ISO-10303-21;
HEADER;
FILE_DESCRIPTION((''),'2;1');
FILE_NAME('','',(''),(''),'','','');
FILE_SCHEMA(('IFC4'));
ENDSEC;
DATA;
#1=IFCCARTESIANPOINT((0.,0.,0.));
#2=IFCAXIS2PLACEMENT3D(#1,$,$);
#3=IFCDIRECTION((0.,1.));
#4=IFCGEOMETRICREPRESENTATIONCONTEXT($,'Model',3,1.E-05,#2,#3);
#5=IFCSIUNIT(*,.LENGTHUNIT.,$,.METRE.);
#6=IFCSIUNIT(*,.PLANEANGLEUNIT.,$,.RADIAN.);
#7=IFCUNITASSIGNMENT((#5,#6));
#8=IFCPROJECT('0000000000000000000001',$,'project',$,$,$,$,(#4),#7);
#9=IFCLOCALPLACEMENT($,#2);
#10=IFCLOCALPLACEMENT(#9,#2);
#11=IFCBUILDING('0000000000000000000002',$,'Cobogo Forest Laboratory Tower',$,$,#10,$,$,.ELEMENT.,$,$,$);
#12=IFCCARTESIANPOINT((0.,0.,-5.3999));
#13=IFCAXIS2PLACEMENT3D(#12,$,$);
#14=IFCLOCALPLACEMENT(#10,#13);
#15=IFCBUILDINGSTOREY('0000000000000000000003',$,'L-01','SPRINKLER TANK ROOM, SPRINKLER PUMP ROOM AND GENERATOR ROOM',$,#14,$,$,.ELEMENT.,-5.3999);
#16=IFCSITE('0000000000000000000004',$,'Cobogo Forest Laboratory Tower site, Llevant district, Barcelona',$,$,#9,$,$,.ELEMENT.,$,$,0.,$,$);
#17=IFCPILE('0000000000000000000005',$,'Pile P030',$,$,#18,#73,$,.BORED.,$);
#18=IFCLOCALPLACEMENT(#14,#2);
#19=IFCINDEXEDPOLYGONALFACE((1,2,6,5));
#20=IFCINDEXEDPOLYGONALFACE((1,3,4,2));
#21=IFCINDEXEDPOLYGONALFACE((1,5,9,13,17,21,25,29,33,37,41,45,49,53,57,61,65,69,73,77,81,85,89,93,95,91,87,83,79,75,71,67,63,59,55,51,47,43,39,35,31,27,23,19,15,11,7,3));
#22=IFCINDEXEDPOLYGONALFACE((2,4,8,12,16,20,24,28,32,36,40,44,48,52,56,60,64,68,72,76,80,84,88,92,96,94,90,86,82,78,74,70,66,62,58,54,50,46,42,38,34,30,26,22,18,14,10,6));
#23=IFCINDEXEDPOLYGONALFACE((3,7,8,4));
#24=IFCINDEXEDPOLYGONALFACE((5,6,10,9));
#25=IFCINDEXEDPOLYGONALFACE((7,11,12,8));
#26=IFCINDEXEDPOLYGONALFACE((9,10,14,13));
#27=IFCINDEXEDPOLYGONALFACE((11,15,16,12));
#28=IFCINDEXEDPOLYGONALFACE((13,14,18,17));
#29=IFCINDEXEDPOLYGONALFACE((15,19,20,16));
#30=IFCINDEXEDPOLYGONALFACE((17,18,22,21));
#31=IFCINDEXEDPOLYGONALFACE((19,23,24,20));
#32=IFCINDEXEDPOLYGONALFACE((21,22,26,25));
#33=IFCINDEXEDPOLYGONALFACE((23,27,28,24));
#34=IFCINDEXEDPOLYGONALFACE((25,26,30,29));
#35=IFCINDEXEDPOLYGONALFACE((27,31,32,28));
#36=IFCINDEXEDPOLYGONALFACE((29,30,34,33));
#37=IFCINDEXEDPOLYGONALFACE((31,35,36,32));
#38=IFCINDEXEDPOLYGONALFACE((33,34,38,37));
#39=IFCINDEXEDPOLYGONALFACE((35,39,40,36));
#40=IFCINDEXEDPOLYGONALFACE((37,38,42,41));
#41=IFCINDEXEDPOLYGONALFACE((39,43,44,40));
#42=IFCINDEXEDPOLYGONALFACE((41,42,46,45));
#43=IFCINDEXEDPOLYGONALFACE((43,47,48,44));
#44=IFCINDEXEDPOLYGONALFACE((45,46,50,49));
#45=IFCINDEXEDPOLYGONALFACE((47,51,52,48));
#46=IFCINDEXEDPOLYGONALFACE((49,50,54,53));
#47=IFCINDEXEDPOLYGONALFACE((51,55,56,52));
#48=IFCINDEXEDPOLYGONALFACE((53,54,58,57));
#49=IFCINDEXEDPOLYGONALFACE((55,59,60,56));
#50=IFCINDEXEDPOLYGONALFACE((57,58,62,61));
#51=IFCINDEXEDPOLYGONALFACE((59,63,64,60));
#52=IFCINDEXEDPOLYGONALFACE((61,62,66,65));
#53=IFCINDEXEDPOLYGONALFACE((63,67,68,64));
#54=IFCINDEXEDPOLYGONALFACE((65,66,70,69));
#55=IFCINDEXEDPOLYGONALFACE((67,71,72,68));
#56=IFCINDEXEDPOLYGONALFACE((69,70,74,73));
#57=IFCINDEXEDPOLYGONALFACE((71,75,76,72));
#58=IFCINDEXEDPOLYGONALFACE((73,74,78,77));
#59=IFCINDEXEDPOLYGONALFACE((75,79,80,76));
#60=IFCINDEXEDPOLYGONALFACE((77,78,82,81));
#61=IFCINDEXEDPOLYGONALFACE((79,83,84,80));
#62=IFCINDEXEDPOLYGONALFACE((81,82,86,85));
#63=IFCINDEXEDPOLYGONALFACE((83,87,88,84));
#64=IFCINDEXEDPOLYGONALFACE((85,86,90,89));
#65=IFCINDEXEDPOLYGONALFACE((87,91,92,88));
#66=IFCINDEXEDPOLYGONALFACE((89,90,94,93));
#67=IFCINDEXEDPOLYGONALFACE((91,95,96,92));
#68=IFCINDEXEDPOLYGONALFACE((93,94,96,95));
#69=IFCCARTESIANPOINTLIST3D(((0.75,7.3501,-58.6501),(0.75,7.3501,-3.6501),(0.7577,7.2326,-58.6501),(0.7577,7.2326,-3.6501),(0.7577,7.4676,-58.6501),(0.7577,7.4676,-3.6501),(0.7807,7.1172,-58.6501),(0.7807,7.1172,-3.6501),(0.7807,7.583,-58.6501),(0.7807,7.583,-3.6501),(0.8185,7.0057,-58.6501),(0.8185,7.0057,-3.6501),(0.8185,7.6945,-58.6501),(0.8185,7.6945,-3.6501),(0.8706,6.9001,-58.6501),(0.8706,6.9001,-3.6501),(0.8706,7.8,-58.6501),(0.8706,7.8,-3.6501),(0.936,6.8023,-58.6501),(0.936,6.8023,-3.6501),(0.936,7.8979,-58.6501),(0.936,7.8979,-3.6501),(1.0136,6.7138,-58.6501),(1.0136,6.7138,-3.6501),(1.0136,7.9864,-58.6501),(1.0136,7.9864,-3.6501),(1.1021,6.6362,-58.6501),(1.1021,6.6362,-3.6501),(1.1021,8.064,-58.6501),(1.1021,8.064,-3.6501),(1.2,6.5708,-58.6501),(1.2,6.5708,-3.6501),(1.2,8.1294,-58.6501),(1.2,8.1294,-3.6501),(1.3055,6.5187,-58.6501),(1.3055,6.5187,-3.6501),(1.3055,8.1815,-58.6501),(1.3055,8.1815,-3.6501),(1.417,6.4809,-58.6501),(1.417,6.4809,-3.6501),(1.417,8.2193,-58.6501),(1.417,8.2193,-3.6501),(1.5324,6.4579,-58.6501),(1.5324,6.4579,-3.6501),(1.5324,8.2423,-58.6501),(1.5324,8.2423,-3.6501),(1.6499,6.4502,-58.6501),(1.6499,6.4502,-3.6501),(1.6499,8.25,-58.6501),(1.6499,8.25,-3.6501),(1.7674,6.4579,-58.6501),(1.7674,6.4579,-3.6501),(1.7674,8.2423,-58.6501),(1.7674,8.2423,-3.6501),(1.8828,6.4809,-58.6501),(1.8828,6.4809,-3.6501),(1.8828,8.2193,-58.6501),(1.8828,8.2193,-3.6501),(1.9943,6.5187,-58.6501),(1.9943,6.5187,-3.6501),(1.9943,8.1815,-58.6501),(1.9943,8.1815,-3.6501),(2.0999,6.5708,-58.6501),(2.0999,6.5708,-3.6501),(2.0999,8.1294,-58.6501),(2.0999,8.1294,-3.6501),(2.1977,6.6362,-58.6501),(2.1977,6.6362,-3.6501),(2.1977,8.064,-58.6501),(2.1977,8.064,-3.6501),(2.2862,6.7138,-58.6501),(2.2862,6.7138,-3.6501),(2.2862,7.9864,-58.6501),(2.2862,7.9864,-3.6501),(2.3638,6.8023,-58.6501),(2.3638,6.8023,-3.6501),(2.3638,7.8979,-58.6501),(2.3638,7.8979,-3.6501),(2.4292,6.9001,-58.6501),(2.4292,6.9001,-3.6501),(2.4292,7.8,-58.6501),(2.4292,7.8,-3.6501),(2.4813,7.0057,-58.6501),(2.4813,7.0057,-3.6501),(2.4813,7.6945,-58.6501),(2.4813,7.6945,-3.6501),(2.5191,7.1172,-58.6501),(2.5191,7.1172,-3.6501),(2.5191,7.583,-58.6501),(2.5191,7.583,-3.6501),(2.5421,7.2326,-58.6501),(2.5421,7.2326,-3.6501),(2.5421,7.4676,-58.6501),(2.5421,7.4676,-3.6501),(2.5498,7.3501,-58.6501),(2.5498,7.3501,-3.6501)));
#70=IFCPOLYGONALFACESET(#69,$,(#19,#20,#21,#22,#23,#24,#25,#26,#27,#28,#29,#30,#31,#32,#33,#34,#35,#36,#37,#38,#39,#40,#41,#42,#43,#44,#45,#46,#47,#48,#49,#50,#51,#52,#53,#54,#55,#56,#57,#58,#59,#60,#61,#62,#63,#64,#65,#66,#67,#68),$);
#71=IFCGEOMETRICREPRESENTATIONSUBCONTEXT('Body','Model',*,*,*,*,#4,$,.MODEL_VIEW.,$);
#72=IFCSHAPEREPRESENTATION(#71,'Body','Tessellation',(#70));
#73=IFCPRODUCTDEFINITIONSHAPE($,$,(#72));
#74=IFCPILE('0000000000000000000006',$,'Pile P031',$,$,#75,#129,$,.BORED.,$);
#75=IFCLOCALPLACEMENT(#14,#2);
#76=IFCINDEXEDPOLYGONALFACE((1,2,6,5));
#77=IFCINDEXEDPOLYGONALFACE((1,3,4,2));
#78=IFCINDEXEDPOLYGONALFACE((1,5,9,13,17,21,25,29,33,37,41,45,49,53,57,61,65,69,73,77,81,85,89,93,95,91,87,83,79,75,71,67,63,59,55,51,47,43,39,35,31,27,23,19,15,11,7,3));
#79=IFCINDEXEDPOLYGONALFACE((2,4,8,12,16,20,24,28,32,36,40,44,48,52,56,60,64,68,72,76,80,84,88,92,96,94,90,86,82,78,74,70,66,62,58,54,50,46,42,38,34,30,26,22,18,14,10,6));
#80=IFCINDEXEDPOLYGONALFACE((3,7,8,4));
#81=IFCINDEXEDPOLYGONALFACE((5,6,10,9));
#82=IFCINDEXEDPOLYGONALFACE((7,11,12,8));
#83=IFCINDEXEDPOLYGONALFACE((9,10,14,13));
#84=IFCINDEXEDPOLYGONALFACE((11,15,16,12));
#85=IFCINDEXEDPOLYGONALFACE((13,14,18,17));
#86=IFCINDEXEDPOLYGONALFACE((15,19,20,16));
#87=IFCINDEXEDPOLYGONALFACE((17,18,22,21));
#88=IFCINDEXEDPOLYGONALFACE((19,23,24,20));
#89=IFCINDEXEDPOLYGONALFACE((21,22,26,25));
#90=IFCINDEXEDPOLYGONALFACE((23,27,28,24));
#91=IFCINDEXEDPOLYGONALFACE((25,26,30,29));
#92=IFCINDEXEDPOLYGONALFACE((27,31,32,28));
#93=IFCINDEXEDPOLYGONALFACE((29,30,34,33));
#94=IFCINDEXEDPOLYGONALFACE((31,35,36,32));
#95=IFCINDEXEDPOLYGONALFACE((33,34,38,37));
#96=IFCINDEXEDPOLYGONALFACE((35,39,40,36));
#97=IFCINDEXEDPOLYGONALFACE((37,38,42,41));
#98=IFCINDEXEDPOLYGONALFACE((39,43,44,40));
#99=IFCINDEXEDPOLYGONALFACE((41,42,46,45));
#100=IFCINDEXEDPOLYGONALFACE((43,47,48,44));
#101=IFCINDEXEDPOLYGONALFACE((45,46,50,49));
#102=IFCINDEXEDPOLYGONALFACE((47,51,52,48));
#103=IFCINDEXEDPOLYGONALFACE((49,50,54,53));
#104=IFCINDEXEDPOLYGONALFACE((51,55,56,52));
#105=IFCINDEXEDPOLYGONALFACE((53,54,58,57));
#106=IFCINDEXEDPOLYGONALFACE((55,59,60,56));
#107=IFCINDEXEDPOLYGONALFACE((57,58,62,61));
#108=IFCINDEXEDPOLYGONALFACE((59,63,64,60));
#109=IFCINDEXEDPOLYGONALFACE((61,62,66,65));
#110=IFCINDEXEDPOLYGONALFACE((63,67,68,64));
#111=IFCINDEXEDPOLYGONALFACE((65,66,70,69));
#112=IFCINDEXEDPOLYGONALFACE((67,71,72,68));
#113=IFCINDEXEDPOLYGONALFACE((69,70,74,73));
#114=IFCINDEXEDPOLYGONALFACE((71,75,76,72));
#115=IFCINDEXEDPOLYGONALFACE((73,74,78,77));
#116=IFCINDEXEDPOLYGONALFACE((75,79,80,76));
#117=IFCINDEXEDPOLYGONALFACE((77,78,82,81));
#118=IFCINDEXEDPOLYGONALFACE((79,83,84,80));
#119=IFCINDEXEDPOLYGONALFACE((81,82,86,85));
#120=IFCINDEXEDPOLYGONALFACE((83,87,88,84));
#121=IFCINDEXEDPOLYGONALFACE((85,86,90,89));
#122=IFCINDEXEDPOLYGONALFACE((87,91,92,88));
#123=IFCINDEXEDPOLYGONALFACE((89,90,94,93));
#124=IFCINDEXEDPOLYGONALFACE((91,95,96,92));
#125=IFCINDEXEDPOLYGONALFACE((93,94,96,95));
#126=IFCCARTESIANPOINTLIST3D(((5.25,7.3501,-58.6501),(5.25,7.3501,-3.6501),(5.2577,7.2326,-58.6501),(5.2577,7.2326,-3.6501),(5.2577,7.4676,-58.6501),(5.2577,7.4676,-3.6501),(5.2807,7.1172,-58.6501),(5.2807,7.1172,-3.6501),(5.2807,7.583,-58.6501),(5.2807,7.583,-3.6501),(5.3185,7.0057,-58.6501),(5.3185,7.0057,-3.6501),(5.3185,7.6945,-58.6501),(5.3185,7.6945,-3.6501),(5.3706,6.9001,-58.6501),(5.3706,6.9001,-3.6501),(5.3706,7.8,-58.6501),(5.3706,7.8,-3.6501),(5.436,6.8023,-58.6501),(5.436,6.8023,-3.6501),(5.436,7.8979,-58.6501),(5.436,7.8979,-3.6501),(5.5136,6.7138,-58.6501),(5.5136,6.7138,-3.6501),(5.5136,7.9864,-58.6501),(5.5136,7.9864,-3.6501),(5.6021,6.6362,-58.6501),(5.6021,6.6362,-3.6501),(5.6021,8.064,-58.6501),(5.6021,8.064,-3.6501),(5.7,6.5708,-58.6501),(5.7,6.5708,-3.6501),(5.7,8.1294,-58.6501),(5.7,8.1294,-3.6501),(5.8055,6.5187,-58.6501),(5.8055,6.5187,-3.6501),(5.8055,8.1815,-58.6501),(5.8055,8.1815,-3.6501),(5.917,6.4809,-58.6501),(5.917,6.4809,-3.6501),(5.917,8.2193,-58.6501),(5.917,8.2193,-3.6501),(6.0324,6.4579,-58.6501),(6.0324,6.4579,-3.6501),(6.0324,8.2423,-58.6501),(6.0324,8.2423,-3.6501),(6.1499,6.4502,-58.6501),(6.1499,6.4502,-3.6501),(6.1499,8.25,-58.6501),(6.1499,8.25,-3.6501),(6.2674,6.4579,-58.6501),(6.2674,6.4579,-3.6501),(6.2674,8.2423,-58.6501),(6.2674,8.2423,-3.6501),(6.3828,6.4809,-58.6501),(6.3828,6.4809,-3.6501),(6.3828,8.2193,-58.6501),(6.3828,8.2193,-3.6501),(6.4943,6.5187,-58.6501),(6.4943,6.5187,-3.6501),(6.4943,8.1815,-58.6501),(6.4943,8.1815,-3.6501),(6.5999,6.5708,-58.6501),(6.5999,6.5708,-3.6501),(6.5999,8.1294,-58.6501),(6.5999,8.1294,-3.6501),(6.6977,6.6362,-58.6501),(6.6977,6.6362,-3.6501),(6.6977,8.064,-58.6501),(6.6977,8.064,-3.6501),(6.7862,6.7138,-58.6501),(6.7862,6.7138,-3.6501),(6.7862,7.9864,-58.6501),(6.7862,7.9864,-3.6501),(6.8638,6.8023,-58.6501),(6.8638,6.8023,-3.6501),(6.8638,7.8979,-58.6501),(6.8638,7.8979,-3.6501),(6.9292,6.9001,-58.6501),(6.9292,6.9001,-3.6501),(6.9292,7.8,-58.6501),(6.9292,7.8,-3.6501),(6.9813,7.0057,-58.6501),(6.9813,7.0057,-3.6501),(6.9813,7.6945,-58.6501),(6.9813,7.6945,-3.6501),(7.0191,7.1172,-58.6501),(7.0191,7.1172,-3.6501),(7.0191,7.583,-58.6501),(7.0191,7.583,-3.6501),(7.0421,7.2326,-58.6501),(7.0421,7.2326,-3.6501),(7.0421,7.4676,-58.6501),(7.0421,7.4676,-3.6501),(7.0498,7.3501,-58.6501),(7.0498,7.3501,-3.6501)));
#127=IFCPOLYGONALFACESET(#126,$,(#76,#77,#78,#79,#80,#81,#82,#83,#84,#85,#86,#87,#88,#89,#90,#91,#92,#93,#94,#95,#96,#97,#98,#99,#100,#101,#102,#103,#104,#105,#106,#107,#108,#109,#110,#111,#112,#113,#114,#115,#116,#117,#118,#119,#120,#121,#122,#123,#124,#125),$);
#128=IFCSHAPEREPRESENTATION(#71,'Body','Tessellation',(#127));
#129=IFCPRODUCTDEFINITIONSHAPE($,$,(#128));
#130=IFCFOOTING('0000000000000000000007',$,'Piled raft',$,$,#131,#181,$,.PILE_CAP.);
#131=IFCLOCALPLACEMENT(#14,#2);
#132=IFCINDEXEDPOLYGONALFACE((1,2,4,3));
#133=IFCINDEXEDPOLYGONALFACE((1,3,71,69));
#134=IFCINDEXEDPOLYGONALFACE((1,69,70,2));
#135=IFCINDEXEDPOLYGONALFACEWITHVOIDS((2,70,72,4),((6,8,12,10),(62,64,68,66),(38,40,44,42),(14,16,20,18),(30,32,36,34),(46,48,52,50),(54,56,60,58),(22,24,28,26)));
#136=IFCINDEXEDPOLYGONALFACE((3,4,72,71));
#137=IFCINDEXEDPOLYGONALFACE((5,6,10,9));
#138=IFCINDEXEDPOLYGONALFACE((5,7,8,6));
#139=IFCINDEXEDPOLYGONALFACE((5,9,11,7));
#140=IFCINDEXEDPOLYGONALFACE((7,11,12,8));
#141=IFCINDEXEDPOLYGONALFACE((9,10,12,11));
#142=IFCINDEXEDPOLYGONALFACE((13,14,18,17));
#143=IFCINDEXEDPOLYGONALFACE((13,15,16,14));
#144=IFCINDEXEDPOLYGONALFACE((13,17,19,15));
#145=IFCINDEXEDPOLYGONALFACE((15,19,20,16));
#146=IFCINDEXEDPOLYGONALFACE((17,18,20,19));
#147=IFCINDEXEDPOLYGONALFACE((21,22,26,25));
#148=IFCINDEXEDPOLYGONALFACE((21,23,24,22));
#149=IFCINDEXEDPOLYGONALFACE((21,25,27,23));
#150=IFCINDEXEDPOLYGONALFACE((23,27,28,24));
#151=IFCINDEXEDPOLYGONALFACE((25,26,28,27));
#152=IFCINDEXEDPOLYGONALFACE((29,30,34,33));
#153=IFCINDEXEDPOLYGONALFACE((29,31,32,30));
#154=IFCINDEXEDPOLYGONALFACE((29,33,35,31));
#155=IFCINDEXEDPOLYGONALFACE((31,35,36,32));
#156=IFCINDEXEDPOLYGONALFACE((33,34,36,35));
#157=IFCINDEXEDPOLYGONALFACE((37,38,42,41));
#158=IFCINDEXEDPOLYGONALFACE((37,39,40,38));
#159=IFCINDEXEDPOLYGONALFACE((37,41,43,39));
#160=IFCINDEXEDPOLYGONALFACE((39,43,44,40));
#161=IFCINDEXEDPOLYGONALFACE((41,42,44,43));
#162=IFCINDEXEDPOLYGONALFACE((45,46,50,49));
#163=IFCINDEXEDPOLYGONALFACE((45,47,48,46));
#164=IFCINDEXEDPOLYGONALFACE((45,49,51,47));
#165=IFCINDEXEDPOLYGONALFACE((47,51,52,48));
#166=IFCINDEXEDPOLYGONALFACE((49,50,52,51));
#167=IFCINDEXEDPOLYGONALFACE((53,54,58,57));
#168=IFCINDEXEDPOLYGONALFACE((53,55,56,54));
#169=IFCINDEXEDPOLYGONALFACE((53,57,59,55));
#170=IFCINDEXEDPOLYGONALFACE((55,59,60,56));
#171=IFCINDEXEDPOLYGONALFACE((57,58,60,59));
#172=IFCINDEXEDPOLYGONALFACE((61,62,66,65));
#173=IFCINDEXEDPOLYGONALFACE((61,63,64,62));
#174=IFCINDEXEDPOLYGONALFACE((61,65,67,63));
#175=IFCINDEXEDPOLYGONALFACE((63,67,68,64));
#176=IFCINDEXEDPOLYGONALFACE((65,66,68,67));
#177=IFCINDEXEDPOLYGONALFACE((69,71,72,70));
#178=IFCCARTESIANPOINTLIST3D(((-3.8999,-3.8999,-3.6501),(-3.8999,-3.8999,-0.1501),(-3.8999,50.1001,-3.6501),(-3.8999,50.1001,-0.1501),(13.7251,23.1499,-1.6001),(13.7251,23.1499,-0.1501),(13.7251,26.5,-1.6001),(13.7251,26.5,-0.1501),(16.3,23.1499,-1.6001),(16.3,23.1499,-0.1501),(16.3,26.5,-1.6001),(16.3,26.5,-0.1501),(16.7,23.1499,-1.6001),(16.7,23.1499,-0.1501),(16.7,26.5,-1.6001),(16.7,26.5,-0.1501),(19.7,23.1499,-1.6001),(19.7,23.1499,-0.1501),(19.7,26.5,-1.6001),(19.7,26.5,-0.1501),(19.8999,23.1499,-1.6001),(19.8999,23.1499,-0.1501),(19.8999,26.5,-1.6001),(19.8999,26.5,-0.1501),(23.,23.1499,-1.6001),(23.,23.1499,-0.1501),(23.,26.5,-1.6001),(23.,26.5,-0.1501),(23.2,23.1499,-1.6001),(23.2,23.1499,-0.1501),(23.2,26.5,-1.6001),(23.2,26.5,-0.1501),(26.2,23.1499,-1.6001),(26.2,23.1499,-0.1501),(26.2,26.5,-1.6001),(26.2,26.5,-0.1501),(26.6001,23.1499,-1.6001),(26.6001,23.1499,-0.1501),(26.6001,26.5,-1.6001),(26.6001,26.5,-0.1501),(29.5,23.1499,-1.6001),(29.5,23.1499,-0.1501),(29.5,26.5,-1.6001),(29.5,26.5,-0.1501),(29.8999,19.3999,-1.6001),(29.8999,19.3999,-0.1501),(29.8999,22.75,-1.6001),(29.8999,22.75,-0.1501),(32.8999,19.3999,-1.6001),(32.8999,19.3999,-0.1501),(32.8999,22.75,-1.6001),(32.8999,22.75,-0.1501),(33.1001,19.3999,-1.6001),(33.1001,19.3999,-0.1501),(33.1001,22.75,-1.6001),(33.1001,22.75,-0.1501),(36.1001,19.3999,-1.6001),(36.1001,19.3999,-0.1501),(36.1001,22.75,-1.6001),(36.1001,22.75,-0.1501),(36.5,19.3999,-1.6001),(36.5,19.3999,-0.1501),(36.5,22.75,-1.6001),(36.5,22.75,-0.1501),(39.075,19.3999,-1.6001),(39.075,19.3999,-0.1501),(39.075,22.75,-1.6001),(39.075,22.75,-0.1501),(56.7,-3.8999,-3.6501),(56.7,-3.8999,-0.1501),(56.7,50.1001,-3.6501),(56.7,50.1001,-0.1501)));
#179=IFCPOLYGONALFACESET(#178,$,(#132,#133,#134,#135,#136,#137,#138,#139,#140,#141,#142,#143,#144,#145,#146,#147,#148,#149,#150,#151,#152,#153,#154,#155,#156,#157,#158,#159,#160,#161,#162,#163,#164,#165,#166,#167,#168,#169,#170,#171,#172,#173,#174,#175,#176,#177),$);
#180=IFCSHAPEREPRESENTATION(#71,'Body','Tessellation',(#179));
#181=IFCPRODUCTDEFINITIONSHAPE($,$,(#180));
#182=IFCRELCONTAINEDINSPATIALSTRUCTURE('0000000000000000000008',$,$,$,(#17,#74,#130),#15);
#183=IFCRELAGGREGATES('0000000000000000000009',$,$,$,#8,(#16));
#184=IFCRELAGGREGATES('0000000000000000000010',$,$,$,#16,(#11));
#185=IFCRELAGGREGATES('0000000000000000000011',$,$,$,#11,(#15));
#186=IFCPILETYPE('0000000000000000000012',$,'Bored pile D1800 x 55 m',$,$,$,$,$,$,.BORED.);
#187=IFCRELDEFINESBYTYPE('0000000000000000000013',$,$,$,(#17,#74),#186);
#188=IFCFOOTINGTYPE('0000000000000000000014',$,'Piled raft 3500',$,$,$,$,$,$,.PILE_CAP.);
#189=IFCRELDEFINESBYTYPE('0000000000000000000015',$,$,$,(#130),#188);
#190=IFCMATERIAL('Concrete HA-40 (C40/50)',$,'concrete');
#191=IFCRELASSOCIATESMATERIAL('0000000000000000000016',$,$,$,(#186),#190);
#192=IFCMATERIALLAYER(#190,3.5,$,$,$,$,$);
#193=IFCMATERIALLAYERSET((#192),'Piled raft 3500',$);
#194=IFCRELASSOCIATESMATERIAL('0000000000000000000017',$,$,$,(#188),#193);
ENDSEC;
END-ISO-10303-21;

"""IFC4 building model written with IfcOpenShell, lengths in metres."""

from ifc_helpers import new_model, si_unit, direction, frame, origin, origin_2d, place, context, subcontext, project, spatial, polyline, circle, outline, extrude, material, layer, layer_set, material_profile, profile_set, type_object, element, save


model = new_model("IFC4")

# Units and contexts
model_context = context("Model", 3, precision=1e-05, world=origin(), true_north=direction((0.0, 1.0)))
body_context = subcontext(model_context, "Body", "Model", "MODEL_VIEW")
ifc_project = project(units=[si_unit("LENGTHUNIT", "METRE"), si_unit("PLANEANGLEUNIT", "RADIAN")], contexts=[model_context])

# Site, building, storey
site_placement = place(None, origin())
site = spatial("IfcSite", under=ifc_project, at=site_placement, Name="Cobogo Forest Laboratory Tower site, Llevant district, Barcelona", CompositionType="ELEMENT", RefElevation=0.0)
building_placement = place(site_placement, origin())
building = spatial("IfcBuilding", under=site, at=building_placement, Name="Cobogo Forest Laboratory Tower", CompositionType="ELEMENT")
storey_placement = place(building_placement, frame((0.0, 0.0, -5.3999)))
storey = spatial("IfcBuildingStorey", under=building, at=storey_placement, Name="L-01", Description="SPRINKLER TANK ROOM, SPRINKLER PUMP ROOM AND GENERATOR ROOM", CompositionType="ELEMENT", Elevation=-5.3999)

# Piles
ifc_material_1 = material(Name="Concrete HA-40 (C40/50)", Category="concrete")
ifc_material_profile_1 = material_profile(ifc_material_1, circle(Radius=0.8999, at=origin_2d()), Name="PILE D1800")
ifc_profile_set_1 = profile_set([ifc_material_profile_1], Name="Concrete HA-40 (C40/50)")
pile_type_1 = type_object("IfcPileType", Name="Bored pile D1800 x 55 m", PredefinedType="BORED", material=ifc_profile_set_1)
for number, where, z_axis, x_axis, name in (
    (1, (1.6499, 7.3501, -3.6501), (0.0, 0.0, -1.0), (1.0, 0.0, 0.0), "Pile P030"),
    (2, (6.1499, 7.3501, -3.6501), (0.0, 0.0, -1.0), (1.0, 0.0, 0.0), "Pile P031"),
):
    element("IfcPile", number, at=place(storey_placement, frame(where, z_axis=z_axis, x_axis=x_axis)), inside=storey, type_object=pile_type_1, Name=name, PredefinedType="BORED", context=body_context, shape_type="SweptSolid", body=[
        extrude(circle(Radius=0.8999, at=origin_2d()), origin(), (0.0, 0.0, 1.0), 55.0),
    ])

# Footing, openings
ifc_layer_1 = layer(ifc_material_1, 3.5)
ifc_layer_set_1 = layer_set([ifc_layer_1], Name="Piled raft 3500")
footing_type = type_object("IfcFootingType", Name="Piled raft 3500", PredefinedType="PILE_CAP", material=ifc_layer_set_1)
footing_placement = place(storey_placement, frame((0.0, 0.0, -3.6501)))
footing = element("IfcFooting", 3, at=footing_placement, inside=storey, type_object=footing_type, Name="Piled raft", PredefinedType="PILE_CAP", context=body_context, shape_type="SweptSolid", body=[
    extrude(outline(polyline([(-3.8999, -3.8999), (56.7, -3.8999), (56.7, 50.1001), (-3.8999, 50.1001), (-3.8999, -3.8999)])), origin(), (0.0, 0.0, 1.0), 3.5),
])
opening_1_placement = place(footing_placement, frame((0.0, 0.0, 2.05)))
element("IfcOpeningElement", 4, at=opening_1_placement, cuts=footing, PredefinedType="RECESS", context=body_context, shape_type="SweptSolid", body=[
    extrude(outline(polyline([(29.8999, 19.3999), (32.8999, 19.3999), (32.8999, 22.75), (29.8999, 22.75), (29.8999, 19.3999)])), origin(), (0.0, 0.0, 1.0), 1.46),
])
opening_2_placement = place(footing_placement, frame((0.0, 0.0, 2.05)))
element("IfcOpeningElement", 5, at=opening_2_placement, cuts=footing, PredefinedType="RECESS", context=body_context, shape_type="SweptSolid", body=[
    extrude(outline(polyline([(33.1001, 19.3999), (36.1001, 19.3999), (36.1001, 22.75), (33.1001, 22.75), (33.1001, 19.3999)])), origin(), (0.0, 0.0, 1.0), 1.46),
])
opening_3_placement = place(footing_placement, frame((0.0, 0.0, 2.05)))
element("IfcOpeningElement", 6, at=opening_3_placement, cuts=footing, PredefinedType="RECESS", context=body_context, shape_type="SweptSolid", body=[
    extrude(outline(polyline([(36.5, 19.3999), (39.075, 19.3999), (39.075, 22.75), (36.5, 22.75), (36.5, 19.3999)])), origin(), (0.0, 0.0, 1.0), 1.46),
])
opening_4_placement = place(footing_placement, frame((0.0, 0.0, 2.05)))
element("IfcOpeningElement", 7, at=opening_4_placement, cuts=footing, PredefinedType="RECESS", context=body_context, shape_type="SweptSolid", body=[
    extrude(outline(polyline([(13.7251, 23.1499), (16.3, 23.1499), (16.3, 26.5), (13.7251, 26.5), (13.7251, 23.1499)])), origin(), (0.0, 0.0, 1.0), 1.46),
])
opening_5_placement = place(footing_placement, frame((0.0, 0.0, 2.05)))
element("IfcOpeningElement", 8, at=opening_5_placement, cuts=footing, PredefinedType="RECESS", context=body_context, shape_type="SweptSolid", body=[
    extrude(outline(polyline([(16.7, 23.1499), (19.7, 23.1499), (19.7, 26.5), (16.7, 26.5), (16.7, 23.1499)])), origin(), (0.0, 0.0, 1.0), 1.46),
])
opening_6_placement = place(footing_placement, frame((0.0, 0.0, 2.05)))
element("IfcOpeningElement", 9, at=opening_6_placement, cuts=footing, PredefinedType="RECESS", context=body_context, shape_type="SweptSolid", body=[
    extrude(outline(polyline([(19.8999, 23.1499), (23.0, 23.1499), (23.0, 26.5), (19.8999, 26.5), (19.8999, 23.1499)])), origin(), (0.0, 0.0, 1.0), 1.46),
])
opening_7_placement = place(footing_placement, frame((0.0, 0.0, 2.05)))
element("IfcOpeningElement", 10, at=opening_7_placement, cuts=footing, PredefinedType="RECESS", context=body_context, shape_type="SweptSolid", body=[
    extrude(outline(polyline([(23.2, 23.1499), (26.2, 23.1499), (26.2, 26.5), (23.2, 26.5), (23.2, 23.1499)])), origin(), (0.0, 0.0, 1.0), 1.46),
])
opening_8_placement = place(footing_placement, frame((0.0, 0.0, 2.05)))
element("IfcOpeningElement", 11, at=opening_8_placement, cuts=footing, PredefinedType="RECESS", context=body_context, shape_type="SweptSolid", body=[
    extrude(outline(polyline([(26.6001, 23.1499), (29.5, 23.1499), (29.5, 26.5), (26.6001, 26.5), (26.6001, 23.1499)])), origin(), (0.0, 0.0, 1.0), 1.46),
])

save(model, "model.ifc")
